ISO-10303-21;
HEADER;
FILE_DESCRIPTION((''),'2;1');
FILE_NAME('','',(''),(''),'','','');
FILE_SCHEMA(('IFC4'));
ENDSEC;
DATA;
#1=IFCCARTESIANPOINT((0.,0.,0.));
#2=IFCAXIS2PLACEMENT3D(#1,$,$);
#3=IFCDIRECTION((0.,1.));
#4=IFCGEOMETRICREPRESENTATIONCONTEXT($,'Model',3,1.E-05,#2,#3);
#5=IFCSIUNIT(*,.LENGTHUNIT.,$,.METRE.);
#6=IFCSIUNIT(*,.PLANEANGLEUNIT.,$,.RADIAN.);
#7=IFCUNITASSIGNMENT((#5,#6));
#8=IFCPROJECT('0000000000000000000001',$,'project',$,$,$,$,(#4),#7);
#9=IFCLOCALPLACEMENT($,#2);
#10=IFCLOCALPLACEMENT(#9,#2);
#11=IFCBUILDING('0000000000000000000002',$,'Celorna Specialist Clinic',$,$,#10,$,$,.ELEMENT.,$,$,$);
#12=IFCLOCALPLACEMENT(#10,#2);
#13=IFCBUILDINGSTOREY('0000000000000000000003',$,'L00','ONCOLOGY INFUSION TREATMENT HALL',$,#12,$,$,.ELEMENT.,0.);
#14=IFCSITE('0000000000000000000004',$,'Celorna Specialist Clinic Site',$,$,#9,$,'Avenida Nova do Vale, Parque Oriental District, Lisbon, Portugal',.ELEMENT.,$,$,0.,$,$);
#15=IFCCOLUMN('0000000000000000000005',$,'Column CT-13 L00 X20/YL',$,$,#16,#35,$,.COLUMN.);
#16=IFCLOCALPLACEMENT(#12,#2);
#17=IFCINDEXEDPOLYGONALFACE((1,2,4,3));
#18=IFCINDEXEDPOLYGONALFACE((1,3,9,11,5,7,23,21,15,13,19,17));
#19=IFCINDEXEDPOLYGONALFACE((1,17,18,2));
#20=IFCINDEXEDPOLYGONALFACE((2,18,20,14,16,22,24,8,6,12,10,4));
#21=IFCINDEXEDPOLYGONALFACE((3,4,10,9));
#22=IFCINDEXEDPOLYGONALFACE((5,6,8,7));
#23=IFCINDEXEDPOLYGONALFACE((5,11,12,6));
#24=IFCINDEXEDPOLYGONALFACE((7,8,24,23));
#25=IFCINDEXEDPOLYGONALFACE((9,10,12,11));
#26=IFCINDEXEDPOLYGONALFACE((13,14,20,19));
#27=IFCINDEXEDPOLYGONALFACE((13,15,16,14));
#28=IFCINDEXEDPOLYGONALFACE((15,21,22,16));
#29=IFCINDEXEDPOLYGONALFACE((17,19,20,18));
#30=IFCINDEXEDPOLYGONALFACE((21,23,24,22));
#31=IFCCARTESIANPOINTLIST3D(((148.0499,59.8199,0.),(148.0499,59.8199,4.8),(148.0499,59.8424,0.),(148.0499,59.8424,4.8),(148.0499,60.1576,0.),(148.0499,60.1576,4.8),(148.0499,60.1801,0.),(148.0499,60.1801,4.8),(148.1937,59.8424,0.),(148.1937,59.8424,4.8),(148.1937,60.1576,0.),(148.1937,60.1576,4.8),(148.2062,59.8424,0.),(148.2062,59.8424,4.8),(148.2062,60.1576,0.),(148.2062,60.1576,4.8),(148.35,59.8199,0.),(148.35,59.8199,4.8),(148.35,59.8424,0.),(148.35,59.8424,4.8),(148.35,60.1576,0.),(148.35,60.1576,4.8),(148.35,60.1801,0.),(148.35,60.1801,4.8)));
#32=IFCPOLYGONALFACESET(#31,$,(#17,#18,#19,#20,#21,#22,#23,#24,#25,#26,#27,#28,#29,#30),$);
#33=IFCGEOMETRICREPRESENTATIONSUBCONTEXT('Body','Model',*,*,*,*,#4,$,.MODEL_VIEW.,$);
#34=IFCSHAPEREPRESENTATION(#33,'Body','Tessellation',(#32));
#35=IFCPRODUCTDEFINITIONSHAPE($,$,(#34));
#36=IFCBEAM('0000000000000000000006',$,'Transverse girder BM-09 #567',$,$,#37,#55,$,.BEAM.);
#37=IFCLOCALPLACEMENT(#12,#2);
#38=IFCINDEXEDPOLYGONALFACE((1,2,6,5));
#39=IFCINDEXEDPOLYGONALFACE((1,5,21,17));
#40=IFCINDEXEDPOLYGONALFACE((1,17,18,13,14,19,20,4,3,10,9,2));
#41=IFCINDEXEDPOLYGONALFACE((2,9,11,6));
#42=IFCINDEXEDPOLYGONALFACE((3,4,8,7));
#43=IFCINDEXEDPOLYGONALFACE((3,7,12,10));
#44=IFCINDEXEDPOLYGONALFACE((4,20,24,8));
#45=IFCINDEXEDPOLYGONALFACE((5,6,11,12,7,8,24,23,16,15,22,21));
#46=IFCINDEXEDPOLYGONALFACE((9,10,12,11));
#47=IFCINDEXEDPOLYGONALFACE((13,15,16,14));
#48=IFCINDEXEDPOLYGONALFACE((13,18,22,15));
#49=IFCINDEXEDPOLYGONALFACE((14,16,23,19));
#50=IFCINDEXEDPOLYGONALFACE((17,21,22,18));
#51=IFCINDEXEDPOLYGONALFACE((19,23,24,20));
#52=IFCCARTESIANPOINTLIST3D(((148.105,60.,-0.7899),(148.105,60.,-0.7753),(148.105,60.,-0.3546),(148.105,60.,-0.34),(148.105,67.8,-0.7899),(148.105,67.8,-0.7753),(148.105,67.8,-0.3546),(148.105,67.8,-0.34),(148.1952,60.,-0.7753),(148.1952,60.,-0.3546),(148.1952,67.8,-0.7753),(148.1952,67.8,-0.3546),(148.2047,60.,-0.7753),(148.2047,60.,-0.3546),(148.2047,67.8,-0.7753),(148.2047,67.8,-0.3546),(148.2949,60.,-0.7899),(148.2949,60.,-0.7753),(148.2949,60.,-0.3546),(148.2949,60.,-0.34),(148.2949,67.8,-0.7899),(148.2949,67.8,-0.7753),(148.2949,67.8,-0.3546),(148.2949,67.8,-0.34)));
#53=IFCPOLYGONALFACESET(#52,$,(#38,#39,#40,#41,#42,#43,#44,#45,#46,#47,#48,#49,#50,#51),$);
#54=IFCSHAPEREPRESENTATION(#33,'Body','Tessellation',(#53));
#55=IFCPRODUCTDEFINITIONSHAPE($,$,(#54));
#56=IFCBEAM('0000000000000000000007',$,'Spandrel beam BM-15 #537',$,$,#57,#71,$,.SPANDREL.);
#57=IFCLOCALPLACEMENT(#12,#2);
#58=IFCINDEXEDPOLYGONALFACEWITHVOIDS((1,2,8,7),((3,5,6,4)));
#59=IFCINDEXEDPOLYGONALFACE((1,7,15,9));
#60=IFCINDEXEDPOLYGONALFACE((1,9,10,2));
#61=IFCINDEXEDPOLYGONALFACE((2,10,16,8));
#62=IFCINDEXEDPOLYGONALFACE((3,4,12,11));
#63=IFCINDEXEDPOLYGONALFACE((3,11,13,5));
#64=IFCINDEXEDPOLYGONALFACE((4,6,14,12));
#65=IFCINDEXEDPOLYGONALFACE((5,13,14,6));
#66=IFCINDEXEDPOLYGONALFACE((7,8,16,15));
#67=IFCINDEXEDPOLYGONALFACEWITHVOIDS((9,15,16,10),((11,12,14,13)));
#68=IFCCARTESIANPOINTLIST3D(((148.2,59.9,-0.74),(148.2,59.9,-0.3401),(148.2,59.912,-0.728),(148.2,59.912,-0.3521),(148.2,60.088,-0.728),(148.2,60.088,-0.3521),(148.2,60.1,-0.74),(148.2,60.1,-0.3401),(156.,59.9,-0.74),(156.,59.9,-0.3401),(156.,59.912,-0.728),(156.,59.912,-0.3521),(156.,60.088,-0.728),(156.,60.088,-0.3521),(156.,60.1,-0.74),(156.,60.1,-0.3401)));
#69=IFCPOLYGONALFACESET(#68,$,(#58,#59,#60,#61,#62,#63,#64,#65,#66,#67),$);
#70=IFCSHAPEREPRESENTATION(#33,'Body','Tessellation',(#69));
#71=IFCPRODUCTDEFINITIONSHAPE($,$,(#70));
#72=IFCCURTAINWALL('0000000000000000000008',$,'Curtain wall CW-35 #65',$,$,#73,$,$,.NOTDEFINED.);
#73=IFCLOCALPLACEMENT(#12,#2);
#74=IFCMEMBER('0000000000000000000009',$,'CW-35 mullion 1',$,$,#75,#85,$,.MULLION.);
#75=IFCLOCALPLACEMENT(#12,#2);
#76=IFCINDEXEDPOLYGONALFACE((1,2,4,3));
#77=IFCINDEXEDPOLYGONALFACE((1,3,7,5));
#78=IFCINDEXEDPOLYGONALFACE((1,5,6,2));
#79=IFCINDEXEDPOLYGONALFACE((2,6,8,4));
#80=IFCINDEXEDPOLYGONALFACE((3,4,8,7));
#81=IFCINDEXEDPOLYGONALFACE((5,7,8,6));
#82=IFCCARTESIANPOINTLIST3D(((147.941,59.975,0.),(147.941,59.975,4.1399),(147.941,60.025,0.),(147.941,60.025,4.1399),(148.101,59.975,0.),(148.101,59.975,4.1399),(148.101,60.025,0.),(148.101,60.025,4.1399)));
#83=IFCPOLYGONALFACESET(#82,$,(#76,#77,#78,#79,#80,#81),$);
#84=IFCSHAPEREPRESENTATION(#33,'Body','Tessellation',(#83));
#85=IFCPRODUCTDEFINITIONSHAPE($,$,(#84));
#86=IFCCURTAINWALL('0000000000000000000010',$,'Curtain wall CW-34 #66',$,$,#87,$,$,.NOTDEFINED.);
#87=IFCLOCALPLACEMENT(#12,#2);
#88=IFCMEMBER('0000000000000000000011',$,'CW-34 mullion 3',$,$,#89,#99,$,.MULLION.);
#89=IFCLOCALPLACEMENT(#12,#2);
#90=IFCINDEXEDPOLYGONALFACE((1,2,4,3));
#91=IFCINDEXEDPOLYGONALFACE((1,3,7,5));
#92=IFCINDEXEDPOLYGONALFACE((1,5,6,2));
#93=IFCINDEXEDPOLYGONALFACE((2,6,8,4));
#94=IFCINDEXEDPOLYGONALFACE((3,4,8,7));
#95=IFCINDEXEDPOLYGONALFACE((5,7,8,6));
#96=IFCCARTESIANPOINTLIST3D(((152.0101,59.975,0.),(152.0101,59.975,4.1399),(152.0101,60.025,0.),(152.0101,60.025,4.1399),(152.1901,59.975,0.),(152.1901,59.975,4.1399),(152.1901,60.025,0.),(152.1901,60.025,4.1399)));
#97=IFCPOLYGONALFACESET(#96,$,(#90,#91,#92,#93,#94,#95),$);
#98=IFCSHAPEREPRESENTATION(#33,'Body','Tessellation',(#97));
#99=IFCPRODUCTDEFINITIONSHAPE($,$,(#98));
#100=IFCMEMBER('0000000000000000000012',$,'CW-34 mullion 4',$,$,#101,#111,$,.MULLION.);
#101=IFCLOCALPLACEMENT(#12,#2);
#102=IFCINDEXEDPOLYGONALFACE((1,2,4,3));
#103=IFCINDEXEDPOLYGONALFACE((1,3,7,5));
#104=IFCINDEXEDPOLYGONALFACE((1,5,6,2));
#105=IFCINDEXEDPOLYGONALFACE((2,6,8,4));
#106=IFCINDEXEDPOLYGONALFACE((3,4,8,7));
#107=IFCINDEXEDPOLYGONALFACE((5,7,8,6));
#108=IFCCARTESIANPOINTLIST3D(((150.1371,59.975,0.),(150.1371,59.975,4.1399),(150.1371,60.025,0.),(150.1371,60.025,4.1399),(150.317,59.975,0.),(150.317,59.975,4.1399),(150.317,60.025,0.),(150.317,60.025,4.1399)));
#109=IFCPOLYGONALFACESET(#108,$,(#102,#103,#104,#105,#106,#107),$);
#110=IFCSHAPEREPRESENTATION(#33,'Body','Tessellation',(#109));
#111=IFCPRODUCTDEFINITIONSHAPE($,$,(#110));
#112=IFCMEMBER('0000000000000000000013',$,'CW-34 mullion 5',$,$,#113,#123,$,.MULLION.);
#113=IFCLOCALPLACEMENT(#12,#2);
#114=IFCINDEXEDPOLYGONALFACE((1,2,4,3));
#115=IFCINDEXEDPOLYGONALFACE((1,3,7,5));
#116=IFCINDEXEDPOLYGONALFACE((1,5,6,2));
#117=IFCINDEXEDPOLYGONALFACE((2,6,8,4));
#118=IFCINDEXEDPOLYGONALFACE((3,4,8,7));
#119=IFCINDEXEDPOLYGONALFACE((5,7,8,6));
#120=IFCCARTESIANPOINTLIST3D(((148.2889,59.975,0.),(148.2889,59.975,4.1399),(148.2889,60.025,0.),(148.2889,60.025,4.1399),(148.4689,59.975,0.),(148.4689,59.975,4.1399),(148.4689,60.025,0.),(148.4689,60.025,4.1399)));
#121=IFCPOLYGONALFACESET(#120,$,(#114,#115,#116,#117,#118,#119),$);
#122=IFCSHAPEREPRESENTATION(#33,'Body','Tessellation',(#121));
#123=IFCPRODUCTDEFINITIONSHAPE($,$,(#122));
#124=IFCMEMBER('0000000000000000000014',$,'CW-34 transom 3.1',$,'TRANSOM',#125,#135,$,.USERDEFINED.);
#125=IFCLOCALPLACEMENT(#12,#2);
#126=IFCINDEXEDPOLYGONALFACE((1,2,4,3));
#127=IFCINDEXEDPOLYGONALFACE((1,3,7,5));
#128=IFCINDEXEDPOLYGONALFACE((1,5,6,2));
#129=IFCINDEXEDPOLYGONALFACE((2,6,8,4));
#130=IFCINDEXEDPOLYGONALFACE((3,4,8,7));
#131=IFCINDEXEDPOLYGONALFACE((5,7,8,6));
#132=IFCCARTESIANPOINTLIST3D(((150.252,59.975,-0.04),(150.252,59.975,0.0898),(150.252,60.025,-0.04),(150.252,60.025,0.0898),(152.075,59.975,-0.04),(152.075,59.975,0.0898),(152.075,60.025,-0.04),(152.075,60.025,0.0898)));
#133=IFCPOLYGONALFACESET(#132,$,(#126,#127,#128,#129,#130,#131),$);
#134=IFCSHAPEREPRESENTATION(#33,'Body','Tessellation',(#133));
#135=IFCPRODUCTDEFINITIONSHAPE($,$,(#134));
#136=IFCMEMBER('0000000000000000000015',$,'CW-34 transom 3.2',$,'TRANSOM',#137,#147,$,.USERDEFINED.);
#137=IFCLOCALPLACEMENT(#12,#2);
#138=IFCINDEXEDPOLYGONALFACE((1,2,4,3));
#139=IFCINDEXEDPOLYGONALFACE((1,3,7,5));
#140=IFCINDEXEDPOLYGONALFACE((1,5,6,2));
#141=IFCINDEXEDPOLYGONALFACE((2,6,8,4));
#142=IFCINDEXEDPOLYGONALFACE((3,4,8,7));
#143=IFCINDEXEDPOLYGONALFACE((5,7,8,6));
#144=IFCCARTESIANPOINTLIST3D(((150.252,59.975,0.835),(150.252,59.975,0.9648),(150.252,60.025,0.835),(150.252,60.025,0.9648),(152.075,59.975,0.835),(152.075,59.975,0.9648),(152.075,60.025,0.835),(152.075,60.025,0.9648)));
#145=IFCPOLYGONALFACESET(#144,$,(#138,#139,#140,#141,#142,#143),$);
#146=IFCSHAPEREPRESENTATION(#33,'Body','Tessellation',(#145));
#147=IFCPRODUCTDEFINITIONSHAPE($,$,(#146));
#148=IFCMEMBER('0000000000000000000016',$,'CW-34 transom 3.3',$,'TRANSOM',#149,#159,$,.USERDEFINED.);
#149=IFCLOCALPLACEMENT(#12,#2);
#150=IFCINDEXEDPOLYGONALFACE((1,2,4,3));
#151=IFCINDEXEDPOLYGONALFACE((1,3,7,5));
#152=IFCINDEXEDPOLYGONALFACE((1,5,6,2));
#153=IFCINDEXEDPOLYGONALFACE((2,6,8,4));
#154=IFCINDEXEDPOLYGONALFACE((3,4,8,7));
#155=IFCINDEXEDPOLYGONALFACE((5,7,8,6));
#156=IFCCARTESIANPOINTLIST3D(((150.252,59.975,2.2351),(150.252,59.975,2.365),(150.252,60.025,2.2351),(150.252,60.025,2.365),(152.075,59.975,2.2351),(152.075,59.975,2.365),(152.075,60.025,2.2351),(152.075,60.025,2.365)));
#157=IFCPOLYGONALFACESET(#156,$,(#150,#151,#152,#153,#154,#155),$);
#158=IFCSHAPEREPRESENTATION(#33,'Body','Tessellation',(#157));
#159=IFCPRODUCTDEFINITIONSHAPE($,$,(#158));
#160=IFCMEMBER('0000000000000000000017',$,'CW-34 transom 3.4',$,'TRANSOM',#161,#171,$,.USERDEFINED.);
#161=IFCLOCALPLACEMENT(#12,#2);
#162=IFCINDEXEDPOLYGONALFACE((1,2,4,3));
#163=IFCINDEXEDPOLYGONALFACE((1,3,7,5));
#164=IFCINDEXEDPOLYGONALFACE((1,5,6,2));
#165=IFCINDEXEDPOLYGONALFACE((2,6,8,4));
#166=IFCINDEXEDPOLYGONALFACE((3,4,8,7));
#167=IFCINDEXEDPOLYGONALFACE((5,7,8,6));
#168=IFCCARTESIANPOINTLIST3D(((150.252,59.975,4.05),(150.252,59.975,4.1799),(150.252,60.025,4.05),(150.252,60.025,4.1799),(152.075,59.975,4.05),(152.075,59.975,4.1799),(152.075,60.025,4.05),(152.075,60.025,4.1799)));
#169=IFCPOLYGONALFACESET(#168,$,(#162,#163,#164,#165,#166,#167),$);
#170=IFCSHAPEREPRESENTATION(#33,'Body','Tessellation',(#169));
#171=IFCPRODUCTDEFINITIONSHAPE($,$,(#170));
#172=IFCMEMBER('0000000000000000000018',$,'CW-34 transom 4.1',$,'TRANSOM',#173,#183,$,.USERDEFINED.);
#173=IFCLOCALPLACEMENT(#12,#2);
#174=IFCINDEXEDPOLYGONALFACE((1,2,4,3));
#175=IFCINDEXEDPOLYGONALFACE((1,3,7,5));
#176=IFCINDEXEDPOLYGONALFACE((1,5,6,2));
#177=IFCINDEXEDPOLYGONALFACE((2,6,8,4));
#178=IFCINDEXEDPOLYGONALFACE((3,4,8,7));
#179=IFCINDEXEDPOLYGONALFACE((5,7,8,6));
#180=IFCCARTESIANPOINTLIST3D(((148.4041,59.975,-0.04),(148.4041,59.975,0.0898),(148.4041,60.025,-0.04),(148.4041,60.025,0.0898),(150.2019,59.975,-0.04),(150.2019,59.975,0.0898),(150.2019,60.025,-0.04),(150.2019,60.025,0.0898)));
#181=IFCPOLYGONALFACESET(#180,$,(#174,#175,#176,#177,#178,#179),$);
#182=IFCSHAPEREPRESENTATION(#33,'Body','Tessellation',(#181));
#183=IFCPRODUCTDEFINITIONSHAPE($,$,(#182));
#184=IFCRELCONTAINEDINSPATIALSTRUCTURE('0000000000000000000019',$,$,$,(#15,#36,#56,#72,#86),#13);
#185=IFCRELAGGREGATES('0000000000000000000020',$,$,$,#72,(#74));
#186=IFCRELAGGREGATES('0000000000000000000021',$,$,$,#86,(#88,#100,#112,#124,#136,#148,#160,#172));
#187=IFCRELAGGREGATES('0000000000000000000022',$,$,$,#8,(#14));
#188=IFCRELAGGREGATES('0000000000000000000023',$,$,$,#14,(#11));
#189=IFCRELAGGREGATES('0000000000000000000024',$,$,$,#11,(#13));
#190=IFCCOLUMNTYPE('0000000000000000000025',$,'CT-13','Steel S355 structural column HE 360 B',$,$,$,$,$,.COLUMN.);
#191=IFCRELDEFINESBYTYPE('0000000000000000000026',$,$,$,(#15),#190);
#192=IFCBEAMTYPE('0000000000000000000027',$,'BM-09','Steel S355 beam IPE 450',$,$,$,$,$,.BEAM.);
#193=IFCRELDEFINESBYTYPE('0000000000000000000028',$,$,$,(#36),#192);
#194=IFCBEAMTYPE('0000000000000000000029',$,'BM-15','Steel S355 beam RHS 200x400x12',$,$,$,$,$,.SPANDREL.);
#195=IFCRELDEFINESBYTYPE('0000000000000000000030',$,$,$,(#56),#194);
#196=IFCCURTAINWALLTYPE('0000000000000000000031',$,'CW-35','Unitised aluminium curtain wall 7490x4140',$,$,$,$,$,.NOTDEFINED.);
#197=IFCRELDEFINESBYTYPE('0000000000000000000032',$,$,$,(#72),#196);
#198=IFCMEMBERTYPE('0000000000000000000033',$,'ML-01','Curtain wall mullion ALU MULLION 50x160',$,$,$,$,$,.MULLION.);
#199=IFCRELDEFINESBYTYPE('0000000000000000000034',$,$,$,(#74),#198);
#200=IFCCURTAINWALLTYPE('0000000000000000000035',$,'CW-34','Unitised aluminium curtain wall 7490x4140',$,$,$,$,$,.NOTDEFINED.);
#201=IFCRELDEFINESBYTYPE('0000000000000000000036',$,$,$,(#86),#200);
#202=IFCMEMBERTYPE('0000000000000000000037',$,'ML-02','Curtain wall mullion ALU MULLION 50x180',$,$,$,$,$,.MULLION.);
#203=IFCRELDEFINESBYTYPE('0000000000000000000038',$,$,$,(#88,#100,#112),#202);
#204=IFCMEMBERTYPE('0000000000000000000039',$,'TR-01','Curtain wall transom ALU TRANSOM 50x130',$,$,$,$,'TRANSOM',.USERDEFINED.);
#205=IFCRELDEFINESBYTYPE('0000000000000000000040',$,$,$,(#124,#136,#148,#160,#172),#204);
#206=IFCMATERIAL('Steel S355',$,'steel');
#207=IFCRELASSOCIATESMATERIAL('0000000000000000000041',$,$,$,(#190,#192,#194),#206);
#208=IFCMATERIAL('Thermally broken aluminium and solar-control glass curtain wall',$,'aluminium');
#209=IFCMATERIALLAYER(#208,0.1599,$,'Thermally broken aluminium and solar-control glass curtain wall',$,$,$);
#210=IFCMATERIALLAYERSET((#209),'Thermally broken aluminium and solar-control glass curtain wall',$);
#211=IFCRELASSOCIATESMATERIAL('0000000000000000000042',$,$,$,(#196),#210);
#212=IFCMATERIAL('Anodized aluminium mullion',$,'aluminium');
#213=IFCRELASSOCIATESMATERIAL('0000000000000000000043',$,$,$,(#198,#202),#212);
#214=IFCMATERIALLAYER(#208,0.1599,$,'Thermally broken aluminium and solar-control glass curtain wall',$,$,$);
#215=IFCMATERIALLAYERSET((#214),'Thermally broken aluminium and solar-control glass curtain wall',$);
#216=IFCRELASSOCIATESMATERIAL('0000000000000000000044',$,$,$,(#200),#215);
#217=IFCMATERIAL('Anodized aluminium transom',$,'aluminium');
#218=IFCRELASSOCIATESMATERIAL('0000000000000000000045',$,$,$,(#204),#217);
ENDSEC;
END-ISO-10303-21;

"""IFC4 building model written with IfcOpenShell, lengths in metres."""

from ifc_helpers import new_model, si_unit, direction, frame, origin, origin_2d, place, context, subcontext, project, spatial, rectangle, hollow_rectangle, i_section, extrude, material, layer, layer_set, material_profile, profile_set, type_object, element, aggregate, save


model = new_model("IFC4")

# Units and contexts
model_context = context("Model", 3, precision=1e-05, world=origin(), true_north=direction((0.0, 1.0)))
body_context = subcontext(model_context, "Body", "Model", "MODEL_VIEW")
ifc_project = project(units=[si_unit("LENGTHUNIT", "METRE"), si_unit("PLANEANGLEUNIT", "RADIAN")], contexts=[model_context])

# Site, building, storey
site_placement = place(None, origin())
site = spatial("IfcSite", under=ifc_project, at=site_placement, Name="Celorna Specialist Clinic Site", LongName="Avenida Nova do Vale, Parque Oriental District, Lisbon, Portugal", CompositionType="ELEMENT", RefElevation=0.0)
building_placement = place(site_placement, origin())
building = spatial("IfcBuilding", under=site, at=building_placement, Name="Celorna Specialist Clinic", CompositionType="ELEMENT")
storey_placement = place(building_placement, origin())
storey = spatial("IfcBuildingStorey", under=building, at=storey_placement, Name="L00", Description="ONCOLOGY INFUSION TREATMENT HALL", CompositionType="ELEMENT", Elevation=0.0)

# Column
ifc_material_1 = material(Name="Steel S355", Category="steel")
ifc_material_profile_1 = material_profile(ifc_material_1, i_section(OverallWidth=0.3, OverallDepth=0.3601, WebThickness=0.0125, FlangeThickness=0.0225, at=origin_2d()), Name="HE 360 B")
ifc_profile_set_1 = profile_set([ifc_material_profile_1], Name="Steel S355")
column_type = type_object("IfcColumnType", Name="CT-13", Description="Steel S355 structural column HE 360 B", PredefinedType="COLUMN", material=ifc_profile_set_1)
column_placement = place(storey_placement, frame((148.2, 60.0, 0.0), z_axis=(0.0, 0.0, 1.0), x_axis=(1.0, 0.0, 0.0)))
element("IfcColumn", 1, at=column_placement, inside=storey, type_object=column_type, Name="Column CT-13 L00 X20/YL", PredefinedType="COLUMN", context=body_context, shape_type="SweptSolid", body=[
    extrude(i_section(OverallWidth=0.3, OverallDepth=0.3601, WebThickness=0.0125, FlangeThickness=0.0225, at=origin_2d()), origin(), (0.0, 0.0, 1.0), 4.8),
])

# Beams
ifc_material_profile_2 = material_profile(ifc_material_1, i_section(OverallWidth=0.1899, OverallDepth=0.45, WebThickness=0.0095, FlangeThickness=0.0146, at=origin_2d()), Name="IPE 450")
ifc_profile_set_2 = profile_set([ifc_material_profile_2], Name="Steel S355")
beam_type_1 = type_object("IfcBeamType", Name="BM-09", Description="Steel S355 beam IPE 450", PredefinedType="BEAM", material=ifc_profile_set_2)
beam_1_placement = place(storey_placement, frame((148.2, 60.0, -0.5649), z_axis=(0.0, 1.0, 0.0), x_axis=(-1.0, 0.0, 0.0)))
element("IfcBeam", 2, at=beam_1_placement, inside=storey, type_object=beam_type_1, Name="Transverse girder BM-09 #567", PredefinedType="BEAM", context=body_context, shape_type="SweptSolid", body=[
    extrude(i_section(OverallWidth=0.1899, OverallDepth=0.45, WebThickness=0.0095, FlangeThickness=0.0146, at=origin_2d()), origin(), (0.0, 0.0, 1.0), 7.8),
])
ifc_material_profile_3 = material_profile(ifc_material_1, hollow_rectangle(XDim=0.2, YDim=0.3999, WallThickness=0.012, at=origin_2d()), Name="RHS 200x400x12")
ifc_profile_set_3 = profile_set([ifc_material_profile_3], Name="Steel S355")
beam_type_2 = type_object("IfcBeamType", Name="BM-15", Description="Steel S355 beam RHS 200x400x12", PredefinedType="SPANDREL", material=ifc_profile_set_3)
beam_2_placement = place(storey_placement, frame((148.2, 60.0, -0.54), z_axis=(1.0, 0.0, 0.0), x_axis=(0.0, 1.0, 0.0)))
element("IfcBeam", 3, at=beam_2_placement, inside=storey, type_object=beam_type_2, Name="Spandrel beam BM-15 #537", PredefinedType="SPANDREL", context=body_context, shape_type="SweptSolid", body=[
    extrude(hollow_rectangle(XDim=0.2, YDim=0.3999, WallThickness=0.012, at=origin_2d()), origin(), (0.0, 0.0, 1.0), 7.8),
])

# Curtain wall, member
ifc_material_2 = material(Name="Thermally broken aluminium and solar-control glass curtain wall", Category="aluminium")
ifc_layer_1 = layer(ifc_material_2, 0.1599, Name="Thermally broken aluminium and solar-control glass curtain wall")
ifc_layer_set_1 = layer_set([ifc_layer_1], Name="Thermally broken aluminium and solar-control glass curtain wall")
curtain_wall_type_1 = type_object("IfcCurtainWallType", Name="CW-35", Description="Unitised aluminium curtain wall 7490x4140", PredefinedType="NOTDEFINED", material=ifc_layer_set_1)
curtain_wall_1_placement = place(storey_placement, origin())
curtain_wall_1 = element("IfcCurtainWall", 4, at=curtain_wall_1_placement, inside=storey, type_object=curtain_wall_type_1, Name="Curtain wall CW-35 #65", PredefinedType="NOTDEFINED")
ifc_material_3 = material(Name="Anodized aluminium mullion", Category="aluminium")
ifc_material_profile_4 = material_profile(ifc_material_3, rectangle(XDim=0.05, YDim=0.1599, at=origin_2d()), Name="ALU MULLION 50x160")
ifc_profile_set_4 = profile_set([ifc_material_profile_4], Name="Anodized aluminium mullion")
member_type_1 = type_object("IfcMemberType", Name="ML-01", Description="Curtain wall mullion ALU MULLION 50x160", PredefinedType="MULLION", material=ifc_profile_set_4)
member_1_placement = place(storey_placement, frame((148.021, 60.0, 0.0), z_axis=(0.0, 0.0, 1.0), x_axis=(0.0, -1.0, 0.0)))
member_1 = element("IfcMember", 5, at=member_1_placement, type_object=member_type_1, Name="CW-35 mullion 1", PredefinedType="MULLION", context=body_context, shape_type="SweptSolid", body=[
    extrude(rectangle(XDim=0.05, YDim=0.1599, at=origin_2d()), origin(), (0.0, 0.0, 1.0), 4.1399),
])

# Curtain wall, members
ifc_layer_2 = layer(ifc_material_2, 0.1599, Name="Thermally broken aluminium and solar-control glass curtain wall")
ifc_layer_set_2 = layer_set([ifc_layer_2], Name="Thermally broken aluminium and solar-control glass curtain wall")
curtain_wall_type_2 = type_object("IfcCurtainWallType", Name="CW-34", Description="Unitised aluminium curtain wall 7490x4140", PredefinedType="NOTDEFINED", material=ifc_layer_set_2)
curtain_wall_2_placement = place(storey_placement, origin())
curtain_wall_2 = element("IfcCurtainWall", 6, at=curtain_wall_2_placement, inside=storey, type_object=curtain_wall_type_2, Name="Curtain wall CW-34 #66", PredefinedType="NOTDEFINED")
ifc_material_profile_5 = material_profile(ifc_material_3, rectangle(XDim=0.05, YDim=0.1799, at=origin_2d()), Name="ALU MULLION 50x180")
ifc_profile_set_5 = profile_set([ifc_material_profile_5], Name="Anodized aluminium mullion")
member_type_2 = type_object("IfcMemberType", Name="ML-02", Description="Curtain wall mullion ALU MULLION 50x180", PredefinedType="MULLION", material=ifc_profile_set_5)
member_2_placement = place(storey_placement, frame((152.1001, 60.0, 0.0), z_axis=(0.0, 0.0, 1.0), x_axis=(0.0, -1.0, 0.0)))
member_2 = element("IfcMember", 7, at=member_2_placement, type_object=member_type_2, Name="CW-34 mullion 3", PredefinedType="MULLION", context=body_context, shape_type="SweptSolid", body=[
    extrude(rectangle(XDim=0.05, YDim=0.1799, at=origin_2d()), origin(), (0.0, 0.0, 1.0), 4.1399),
])
member_3_placement = place(storey_placement, frame((150.2271, 60.0, 0.0), z_axis=(0.0, 0.0, 1.0), x_axis=(0.0, -1.0, 0.0)))
member_3 = element("IfcMember", 8, at=member_3_placement, type_object=member_type_2, Name="CW-34 mullion 4", PredefinedType="MULLION", context=body_context, shape_type="SweptSolid", body=[
    extrude(rectangle(XDim=0.05, YDim=0.1799, at=origin_2d()), origin(), (0.0, 0.0, 1.0), 4.1399),
])
member_4_placement = place(storey_placement, frame((148.3789, 60.0, 0.0), z_axis=(0.0, 0.0, 1.0), x_axis=(0.0, -1.0, 0.0)))
member_4 = element("IfcMember", 9, at=member_4_placement, type_object=member_type_2, Name="CW-34 mullion 5", PredefinedType="MULLION", context=body_context, shape_type="SweptSolid", body=[
    extrude(rectangle(XDim=0.05, YDim=0.1799, at=origin_2d()), origin(), (0.0, 0.0, 1.0), 4.1399),
])
ifc_material_4 = material(Name="Anodized aluminium transom", Category="aluminium")
ifc_material_profile_6 = material_profile(ifc_material_4, rectangle(XDim=0.05, YDim=0.1299, at=origin_2d()), Name="ALU TRANSOM 50x130")
ifc_profile_set_6 = profile_set([ifc_material_profile_6], Name="Anodized aluminium transom")
member_type_3 = type_object("IfcMemberType", Name="TR-01", Description="Curtain wall transom ALU TRANSOM 50x130", ElementType="TRANSOM", PredefinedType="USERDEFINED", material=ifc_profile_set_6)
member_5_placement = place(storey_placement, frame((152.075, 60.0, 0.0249), z_axis=(-1.0, 0.0, 0.0), x_axis=(0.0, -1.0, 0.0)))
member_5 = element("IfcMember", 10, at=member_5_placement, type_object=member_type_3, Name="CW-34 transom 3.1", ObjectType="TRANSOM", PredefinedType="USERDEFINED", context=body_context, shape_type="SweptSolid", body=[
    extrude(rectangle(XDim=0.05, YDim=0.1299, at=origin_2d()), origin(), (0.0, 0.0, 1.0), 1.823),
])
member_6_placement = place(storey_placement, frame((152.075, 60.0, 0.8999), z_axis=(-1.0, 0.0, 0.0), x_axis=(0.0, -1.0, 0.0)))
member_6 = element("IfcMember", 11, at=member_6_placement, type_object=member_type_3, Name="CW-34 transom 3.2", ObjectType="TRANSOM", PredefinedType="USERDEFINED", context=body_context, shape_type="SweptSolid", body=[
    extrude(rectangle(XDim=0.05, YDim=0.1299, at=origin_2d()), origin(), (0.0, 0.0, 1.0), 1.823),
])
member_7_placement = place(storey_placement, frame((152.075, 60.0, 2.3), z_axis=(-1.0, 0.0, 0.0), x_axis=(0.0, -1.0, 0.0)))
member_7 = element("IfcMember", 12, at=member_7_placement, type_object=member_type_3, Name="CW-34 transom 3.3", ObjectType="TRANSOM", PredefinedType="USERDEFINED", context=body_context, shape_type="SweptSolid", body=[
    extrude(rectangle(XDim=0.05, YDim=0.1299, at=origin_2d()), origin(), (0.0, 0.0, 1.0), 1.823),
])
member_8_placement = place(storey_placement, frame((152.075, 60.0, 4.115), z_axis=(-1.0, 0.0, 0.0), x_axis=(0.0, -1.0, 0.0)))
member_8 = element("IfcMember", 13, at=member_8_placement, type_object=member_type_3, Name="CW-34 transom 3.4", ObjectType="TRANSOM", PredefinedType="USERDEFINED", context=body_context, shape_type="SweptSolid", body=[
    extrude(rectangle(XDim=0.05, YDim=0.1299, at=origin_2d()), origin(), (0.0, 0.0, 1.0), 1.823),
])
member_9_placement = place(storey_placement, frame((150.2019, 60.0, 0.0249), z_axis=(-1.0, 0.0, 0.0), x_axis=(0.0, -1.0, 0.0)))
member_9 = element("IfcMember", 14, at=member_9_placement, type_object=member_type_3, Name="CW-34 transom 4.1", ObjectType="TRANSOM", PredefinedType="USERDEFINED", context=body_context, shape_type="SweptSolid", body=[
    extrude(rectangle(XDim=0.05, YDim=0.1299, at=origin_2d()), origin(), (0.0, 0.0, 1.0), 1.7979),
])

aggregate(curtain_wall_1, [member_1])
aggregate(curtain_wall_2, [member_2, member_3, member_4, member_5, member_6, member_7, member_8, member_9])

save(model, "model.ifc")
